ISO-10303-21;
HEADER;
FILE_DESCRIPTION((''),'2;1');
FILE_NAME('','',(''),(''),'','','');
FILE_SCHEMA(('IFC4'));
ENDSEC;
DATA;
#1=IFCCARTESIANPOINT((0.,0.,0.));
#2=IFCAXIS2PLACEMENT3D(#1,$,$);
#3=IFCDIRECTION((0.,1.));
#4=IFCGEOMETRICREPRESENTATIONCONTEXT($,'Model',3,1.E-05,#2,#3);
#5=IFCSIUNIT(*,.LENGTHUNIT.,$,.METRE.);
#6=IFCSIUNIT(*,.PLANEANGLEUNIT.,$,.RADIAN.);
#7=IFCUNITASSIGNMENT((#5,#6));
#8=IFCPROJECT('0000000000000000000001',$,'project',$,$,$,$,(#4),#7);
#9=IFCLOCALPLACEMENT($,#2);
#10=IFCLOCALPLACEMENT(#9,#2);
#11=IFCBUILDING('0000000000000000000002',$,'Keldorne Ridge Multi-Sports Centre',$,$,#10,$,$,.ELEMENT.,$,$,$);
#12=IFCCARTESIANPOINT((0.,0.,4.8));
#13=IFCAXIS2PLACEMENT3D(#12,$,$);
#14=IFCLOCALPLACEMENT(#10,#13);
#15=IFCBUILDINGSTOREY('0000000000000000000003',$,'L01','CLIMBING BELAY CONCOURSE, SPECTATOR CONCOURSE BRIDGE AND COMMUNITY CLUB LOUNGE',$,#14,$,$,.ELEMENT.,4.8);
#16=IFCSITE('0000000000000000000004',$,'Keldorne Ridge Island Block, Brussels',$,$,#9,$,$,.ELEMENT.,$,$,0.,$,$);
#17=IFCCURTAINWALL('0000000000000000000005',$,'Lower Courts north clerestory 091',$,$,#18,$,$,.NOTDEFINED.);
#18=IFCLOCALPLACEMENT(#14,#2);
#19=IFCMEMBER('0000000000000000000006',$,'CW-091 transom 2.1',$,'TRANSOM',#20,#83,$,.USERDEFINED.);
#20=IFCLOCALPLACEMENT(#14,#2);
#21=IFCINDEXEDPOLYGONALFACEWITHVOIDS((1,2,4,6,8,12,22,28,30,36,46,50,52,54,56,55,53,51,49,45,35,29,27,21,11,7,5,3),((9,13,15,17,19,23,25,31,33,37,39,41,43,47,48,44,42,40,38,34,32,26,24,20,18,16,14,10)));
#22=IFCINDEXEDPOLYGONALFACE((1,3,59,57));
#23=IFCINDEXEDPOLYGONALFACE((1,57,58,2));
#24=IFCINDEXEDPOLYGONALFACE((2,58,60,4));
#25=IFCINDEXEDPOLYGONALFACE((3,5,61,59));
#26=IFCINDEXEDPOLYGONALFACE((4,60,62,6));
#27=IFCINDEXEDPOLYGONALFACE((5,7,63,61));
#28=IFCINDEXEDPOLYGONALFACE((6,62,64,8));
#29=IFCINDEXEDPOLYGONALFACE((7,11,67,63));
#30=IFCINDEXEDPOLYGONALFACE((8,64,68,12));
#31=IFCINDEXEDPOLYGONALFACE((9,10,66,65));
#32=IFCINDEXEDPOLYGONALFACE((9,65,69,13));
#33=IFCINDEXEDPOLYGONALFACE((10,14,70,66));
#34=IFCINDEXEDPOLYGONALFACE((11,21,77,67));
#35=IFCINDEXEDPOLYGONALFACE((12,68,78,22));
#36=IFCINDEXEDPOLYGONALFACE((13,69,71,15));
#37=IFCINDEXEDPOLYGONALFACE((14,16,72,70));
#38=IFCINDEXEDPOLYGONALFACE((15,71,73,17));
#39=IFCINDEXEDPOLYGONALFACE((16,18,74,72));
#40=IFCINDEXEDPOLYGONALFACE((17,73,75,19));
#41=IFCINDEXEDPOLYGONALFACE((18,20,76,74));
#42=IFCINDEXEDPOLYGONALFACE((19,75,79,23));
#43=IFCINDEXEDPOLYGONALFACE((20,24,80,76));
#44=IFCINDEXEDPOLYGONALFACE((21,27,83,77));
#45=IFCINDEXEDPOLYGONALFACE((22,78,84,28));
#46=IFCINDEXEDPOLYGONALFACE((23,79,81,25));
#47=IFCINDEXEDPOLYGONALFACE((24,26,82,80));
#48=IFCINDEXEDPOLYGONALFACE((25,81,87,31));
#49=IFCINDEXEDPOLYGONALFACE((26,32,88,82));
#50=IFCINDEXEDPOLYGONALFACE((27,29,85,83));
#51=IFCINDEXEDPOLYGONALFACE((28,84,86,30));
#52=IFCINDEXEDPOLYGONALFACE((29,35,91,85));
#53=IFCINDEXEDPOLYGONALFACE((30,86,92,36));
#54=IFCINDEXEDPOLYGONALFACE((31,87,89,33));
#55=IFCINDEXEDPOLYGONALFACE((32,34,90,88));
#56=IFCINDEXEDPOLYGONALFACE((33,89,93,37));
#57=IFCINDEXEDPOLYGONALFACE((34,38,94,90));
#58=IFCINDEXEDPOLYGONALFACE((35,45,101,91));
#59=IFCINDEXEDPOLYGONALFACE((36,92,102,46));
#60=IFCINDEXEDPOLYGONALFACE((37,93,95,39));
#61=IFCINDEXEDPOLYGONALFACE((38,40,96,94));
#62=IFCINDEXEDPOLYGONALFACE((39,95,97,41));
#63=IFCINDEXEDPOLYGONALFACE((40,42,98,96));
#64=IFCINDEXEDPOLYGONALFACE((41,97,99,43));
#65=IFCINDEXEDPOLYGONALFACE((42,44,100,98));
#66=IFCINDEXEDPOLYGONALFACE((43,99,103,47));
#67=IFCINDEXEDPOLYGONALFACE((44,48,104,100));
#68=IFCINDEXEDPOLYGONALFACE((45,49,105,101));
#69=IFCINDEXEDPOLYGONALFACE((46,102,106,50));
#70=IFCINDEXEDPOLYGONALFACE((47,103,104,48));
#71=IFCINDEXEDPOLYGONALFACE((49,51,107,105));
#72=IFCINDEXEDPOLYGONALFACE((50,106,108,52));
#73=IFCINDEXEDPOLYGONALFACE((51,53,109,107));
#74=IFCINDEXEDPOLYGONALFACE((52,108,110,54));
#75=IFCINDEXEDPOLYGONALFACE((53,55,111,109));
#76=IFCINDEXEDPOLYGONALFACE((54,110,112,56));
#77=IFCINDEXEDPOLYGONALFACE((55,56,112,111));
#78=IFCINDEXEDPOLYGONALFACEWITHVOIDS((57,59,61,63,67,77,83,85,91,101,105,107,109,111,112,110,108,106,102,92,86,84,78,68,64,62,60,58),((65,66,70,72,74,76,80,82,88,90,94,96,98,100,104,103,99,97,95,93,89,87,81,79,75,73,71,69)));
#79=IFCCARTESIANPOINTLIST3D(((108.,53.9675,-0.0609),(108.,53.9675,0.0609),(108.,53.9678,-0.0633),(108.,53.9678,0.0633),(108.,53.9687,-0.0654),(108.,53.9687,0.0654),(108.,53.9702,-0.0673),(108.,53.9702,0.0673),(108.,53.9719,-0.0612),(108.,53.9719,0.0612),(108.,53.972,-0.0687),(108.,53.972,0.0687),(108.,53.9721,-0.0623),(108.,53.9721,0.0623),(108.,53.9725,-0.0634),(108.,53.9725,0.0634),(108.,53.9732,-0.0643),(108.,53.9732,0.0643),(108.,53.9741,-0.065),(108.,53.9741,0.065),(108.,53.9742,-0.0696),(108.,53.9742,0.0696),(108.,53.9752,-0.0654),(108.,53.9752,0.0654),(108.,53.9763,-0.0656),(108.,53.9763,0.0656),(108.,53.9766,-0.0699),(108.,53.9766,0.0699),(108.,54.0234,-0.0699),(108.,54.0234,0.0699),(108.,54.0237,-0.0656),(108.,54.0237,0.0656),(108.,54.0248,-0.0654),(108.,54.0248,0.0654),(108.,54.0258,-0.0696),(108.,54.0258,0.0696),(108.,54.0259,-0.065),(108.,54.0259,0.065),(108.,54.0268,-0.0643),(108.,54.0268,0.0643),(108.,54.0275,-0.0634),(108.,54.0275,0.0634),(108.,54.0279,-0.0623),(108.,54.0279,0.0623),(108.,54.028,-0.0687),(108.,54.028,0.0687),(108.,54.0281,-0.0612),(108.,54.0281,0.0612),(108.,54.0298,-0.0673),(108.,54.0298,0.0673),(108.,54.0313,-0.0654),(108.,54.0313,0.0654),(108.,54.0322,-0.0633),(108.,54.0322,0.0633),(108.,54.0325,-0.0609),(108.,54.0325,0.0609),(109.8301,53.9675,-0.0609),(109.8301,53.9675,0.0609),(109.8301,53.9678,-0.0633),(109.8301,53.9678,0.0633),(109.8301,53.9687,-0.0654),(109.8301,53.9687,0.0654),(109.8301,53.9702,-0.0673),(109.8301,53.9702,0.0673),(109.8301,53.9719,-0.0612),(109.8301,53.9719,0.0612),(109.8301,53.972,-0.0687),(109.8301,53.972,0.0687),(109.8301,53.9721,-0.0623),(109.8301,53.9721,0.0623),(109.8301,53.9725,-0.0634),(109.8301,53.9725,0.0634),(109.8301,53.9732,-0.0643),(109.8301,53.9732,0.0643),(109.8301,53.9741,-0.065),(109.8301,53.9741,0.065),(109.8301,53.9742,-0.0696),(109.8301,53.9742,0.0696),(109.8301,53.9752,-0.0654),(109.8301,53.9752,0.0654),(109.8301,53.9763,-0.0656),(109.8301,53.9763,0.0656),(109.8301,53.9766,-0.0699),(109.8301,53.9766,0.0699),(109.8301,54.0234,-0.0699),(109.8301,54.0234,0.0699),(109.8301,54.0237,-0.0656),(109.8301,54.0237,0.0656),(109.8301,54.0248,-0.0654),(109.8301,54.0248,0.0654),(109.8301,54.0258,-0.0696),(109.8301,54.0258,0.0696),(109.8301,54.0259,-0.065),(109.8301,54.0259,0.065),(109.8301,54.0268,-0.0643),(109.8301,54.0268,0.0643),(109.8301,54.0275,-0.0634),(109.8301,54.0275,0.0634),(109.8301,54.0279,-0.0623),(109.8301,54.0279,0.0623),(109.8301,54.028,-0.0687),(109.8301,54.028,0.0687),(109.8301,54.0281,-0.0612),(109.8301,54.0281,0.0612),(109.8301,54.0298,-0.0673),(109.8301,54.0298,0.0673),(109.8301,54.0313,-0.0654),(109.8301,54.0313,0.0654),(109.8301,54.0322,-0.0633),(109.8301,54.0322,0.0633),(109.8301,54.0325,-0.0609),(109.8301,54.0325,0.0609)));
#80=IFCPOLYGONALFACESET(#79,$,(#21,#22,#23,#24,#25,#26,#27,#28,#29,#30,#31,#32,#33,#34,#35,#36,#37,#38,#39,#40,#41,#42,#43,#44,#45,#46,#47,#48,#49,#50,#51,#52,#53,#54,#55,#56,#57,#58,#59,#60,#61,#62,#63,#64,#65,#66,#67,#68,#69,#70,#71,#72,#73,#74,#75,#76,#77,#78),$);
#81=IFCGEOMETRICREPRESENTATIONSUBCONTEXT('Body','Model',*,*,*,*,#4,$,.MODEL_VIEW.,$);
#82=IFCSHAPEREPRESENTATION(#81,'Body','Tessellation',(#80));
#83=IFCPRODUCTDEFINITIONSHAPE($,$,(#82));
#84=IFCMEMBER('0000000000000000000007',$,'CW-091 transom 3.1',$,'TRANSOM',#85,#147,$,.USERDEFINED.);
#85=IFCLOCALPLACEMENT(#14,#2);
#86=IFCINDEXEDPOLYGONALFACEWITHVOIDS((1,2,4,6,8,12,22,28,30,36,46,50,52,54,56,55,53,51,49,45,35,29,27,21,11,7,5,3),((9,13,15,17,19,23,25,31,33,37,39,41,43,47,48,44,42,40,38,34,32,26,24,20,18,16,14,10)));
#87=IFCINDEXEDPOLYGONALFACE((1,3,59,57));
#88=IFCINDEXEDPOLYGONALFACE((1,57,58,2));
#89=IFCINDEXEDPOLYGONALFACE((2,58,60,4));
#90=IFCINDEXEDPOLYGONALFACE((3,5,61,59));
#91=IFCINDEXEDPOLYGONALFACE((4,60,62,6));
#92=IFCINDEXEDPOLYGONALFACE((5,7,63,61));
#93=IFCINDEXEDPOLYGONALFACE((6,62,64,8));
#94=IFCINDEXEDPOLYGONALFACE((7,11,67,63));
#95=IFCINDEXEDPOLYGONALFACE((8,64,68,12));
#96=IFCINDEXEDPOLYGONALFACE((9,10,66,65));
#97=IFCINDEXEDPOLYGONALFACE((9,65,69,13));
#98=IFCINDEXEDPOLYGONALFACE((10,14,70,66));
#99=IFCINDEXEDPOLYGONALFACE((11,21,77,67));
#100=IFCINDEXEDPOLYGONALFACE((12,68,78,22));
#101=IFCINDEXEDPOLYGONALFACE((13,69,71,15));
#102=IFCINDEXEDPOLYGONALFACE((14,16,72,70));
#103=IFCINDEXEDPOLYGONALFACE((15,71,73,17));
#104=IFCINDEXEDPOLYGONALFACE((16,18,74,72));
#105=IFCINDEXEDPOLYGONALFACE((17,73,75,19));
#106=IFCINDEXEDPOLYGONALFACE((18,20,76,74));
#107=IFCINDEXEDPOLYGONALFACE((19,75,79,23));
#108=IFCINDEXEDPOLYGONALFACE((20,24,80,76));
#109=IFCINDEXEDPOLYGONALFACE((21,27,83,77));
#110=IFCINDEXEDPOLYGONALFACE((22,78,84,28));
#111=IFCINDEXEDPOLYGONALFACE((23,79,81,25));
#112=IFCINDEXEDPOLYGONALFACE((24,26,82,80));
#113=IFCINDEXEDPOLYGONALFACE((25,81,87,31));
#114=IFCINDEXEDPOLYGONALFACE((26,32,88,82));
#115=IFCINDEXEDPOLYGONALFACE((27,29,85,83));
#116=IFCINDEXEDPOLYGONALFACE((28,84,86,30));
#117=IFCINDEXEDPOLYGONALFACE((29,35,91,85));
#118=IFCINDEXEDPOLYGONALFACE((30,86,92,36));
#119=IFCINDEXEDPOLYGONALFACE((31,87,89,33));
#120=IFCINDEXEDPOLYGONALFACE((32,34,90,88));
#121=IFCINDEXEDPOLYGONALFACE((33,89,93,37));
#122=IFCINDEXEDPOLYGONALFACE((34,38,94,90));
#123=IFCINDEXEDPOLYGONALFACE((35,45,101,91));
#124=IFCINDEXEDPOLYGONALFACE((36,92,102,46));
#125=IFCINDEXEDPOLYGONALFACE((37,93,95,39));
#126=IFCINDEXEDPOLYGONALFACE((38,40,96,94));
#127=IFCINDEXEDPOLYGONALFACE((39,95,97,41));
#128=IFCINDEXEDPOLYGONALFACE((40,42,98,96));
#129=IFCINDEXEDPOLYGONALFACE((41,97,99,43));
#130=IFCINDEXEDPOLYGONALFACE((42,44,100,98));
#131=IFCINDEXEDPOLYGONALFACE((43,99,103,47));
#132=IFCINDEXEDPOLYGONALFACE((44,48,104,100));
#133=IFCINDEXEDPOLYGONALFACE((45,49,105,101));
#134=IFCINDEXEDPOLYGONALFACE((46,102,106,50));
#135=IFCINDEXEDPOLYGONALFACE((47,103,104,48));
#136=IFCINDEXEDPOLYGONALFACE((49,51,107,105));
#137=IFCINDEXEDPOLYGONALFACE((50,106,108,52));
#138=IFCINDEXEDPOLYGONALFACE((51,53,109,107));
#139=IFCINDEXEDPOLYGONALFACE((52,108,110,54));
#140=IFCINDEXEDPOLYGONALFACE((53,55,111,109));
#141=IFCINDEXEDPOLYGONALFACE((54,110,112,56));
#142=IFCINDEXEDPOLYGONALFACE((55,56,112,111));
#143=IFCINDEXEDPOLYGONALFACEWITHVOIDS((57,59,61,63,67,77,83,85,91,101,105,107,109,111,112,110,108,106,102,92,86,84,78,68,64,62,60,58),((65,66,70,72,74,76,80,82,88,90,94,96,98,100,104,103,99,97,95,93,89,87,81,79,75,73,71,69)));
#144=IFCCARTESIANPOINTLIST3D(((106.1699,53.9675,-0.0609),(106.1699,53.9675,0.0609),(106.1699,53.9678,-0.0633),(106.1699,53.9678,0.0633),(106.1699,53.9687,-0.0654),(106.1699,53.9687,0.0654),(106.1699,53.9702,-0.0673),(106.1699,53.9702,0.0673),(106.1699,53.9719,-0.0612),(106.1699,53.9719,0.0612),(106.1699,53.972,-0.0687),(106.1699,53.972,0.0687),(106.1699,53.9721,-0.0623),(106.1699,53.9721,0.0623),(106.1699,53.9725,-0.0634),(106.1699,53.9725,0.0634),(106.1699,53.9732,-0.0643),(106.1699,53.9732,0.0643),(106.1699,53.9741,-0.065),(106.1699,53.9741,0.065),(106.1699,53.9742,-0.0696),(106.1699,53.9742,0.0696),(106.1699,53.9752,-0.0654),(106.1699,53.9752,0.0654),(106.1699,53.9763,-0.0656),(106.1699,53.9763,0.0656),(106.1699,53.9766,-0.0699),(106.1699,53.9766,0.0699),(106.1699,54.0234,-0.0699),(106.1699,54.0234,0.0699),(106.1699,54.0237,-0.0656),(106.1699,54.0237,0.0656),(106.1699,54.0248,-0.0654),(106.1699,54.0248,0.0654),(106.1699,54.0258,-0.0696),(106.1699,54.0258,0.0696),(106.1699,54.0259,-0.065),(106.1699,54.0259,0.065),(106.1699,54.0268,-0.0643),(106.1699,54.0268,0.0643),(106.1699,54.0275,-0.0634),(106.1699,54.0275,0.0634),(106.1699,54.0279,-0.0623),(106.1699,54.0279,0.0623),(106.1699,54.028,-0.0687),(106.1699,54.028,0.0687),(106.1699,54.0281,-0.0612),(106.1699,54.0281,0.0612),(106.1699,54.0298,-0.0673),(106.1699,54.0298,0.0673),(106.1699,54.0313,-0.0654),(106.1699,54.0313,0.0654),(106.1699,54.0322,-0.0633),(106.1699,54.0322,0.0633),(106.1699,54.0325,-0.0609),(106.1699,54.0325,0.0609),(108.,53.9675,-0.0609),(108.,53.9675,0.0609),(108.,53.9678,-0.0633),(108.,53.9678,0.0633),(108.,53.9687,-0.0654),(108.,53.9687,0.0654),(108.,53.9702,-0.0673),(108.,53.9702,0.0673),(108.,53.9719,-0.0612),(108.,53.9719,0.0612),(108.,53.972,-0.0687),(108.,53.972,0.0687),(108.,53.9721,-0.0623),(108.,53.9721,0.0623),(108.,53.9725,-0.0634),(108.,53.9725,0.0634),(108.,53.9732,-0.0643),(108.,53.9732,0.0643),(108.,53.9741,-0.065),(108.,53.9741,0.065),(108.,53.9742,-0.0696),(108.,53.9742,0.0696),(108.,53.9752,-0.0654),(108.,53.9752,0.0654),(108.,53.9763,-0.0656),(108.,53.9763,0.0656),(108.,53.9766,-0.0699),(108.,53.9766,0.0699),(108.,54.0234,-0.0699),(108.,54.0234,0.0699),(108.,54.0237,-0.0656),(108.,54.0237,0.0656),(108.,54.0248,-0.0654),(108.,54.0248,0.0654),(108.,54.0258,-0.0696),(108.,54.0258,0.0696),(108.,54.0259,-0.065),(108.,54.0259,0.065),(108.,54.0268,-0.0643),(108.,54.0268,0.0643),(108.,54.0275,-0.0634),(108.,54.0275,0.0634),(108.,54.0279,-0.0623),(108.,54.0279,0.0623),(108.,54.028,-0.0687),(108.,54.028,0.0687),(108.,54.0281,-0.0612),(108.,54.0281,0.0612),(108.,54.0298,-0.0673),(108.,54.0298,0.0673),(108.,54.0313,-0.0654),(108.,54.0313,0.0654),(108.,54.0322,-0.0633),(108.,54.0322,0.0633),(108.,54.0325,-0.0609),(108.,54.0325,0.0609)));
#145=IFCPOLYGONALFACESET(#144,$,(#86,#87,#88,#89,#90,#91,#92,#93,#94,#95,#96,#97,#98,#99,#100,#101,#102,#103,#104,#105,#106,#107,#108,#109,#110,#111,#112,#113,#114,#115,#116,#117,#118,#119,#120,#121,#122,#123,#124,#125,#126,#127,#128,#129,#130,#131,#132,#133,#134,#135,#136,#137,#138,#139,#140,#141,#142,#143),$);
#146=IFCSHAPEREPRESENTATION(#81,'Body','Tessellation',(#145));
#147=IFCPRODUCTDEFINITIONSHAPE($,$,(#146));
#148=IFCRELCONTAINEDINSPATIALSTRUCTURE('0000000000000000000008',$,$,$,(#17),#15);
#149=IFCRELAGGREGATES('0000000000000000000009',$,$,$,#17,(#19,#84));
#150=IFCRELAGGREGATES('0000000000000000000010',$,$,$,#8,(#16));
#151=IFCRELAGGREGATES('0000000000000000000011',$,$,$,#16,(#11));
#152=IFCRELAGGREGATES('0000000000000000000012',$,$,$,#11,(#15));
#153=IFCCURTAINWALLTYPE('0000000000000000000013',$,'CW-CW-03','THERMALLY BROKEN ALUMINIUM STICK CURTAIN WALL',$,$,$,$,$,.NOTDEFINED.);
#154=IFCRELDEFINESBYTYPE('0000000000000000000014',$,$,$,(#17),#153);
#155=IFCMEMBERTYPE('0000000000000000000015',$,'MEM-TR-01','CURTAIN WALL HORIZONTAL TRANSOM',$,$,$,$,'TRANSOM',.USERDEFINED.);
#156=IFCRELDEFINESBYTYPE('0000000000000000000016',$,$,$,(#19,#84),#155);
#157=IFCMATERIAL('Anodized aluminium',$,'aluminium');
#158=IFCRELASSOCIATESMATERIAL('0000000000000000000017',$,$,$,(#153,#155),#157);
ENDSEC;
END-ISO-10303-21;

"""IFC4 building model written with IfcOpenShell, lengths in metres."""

from ifc_helpers import new_model, si_unit, direction, frame, origin, origin_2d, place, context, subcontext, project, spatial, hollow_rectangle, extrude, material, material_profile, profile_set, type_object, element, aggregate, save


model = new_model("IFC4")

# Units and contexts
model_context = context("Model", 3, precision=1e-05, world=origin(), true_north=direction((0.0, 1.0)))
body_context = subcontext(model_context, "Body", "Model", "MODEL_VIEW")
ifc_project = project(units=[si_unit("LENGTHUNIT", "METRE"), si_unit("PLANEANGLEUNIT", "RADIAN")], contexts=[model_context])

# Site, building, storey
site_placement = place(None, origin())
site = spatial("IfcSite", under=ifc_project, at=site_placement, Name="Keldorne Ridge Island Block, Brussels", CompositionType="ELEMENT", RefElevation=0.0)
building_placement = place(site_placement, origin())
building = spatial("IfcBuilding", under=site, at=building_placement, Name="Keldorne Ridge Multi-Sports Centre", CompositionType="ELEMENT")
storey_placement = place(building_placement, frame((0.0, 0.0, 4.8)))
storey = spatial("IfcBuildingStorey", under=building, at=storey_placement, Name="L01", Description="CLIMBING BELAY CONCOURSE, SPECTATOR CONCOURSE BRIDGE AND COMMUNITY CLUB LOUNGE", CompositionType="ELEMENT", Elevation=4.8)

# Curtain wall, members
ifc_material_1 = material(Name="Anodized aluminium", Category="aluminium")
curtain_wall_type = type_object("IfcCurtainWallType", Name="CW-CW-03", Description="THERMALLY BROKEN ALUMINIUM STICK CURTAIN WALL", PredefinedType="NOTDEFINED", material=ifc_material_1)
curtain_wall_placement = place(storey_placement, origin())
curtain_wall = element("IfcCurtainWall", 1, at=curtain_wall_placement, inside=storey, type_object=curtain_wall_type, Name="Lower Courts north clerestory 091", PredefinedType="NOTDEFINED")
ifc_material_profile_1 = material_profile(ifc_material_1, hollow_rectangle(XDim=0.0649, YDim=0.1399, WallThickness=0.0044, InnerFilletRadius=0.0044, OuterFilletRadius=0.009, at=origin_2d()), Name="ALU TRANSOM 140x65x4.5")
ifc_profile_set_1 = profile_set([ifc_material_profile_1], Name="Anodized aluminium")
member_type_1 = type_object("IfcMemberType", Name="MEM-TR-01", Description="CURTAIN WALL HORIZONTAL TRANSOM", ElementType="TRANSOM", PredefinedType="USERDEFINED", material=ifc_profile_set_1)
member_1_placement = place(storey_placement, frame((109.8301, 54.0, 0.0), z_axis=(-1.0, 0.0, 0.0), x_axis=(0.0, -1.0, 0.0)))
member_1 = element("IfcMember", 2, at=member_1_placement, type_object=member_type_1, Name="CW-091 transom 2.1", ObjectType="TRANSOM", PredefinedType="USERDEFINED", context=body_context, shape_type="SweptSolid", body=[
    extrude(hollow_rectangle(XDim=0.0649, YDim=0.1399, WallThickness=0.0044, InnerFilletRadius=0.0044, OuterFilletRadius=0.009, at=origin_2d()), origin(), (0.0, 0.0, 1.0), 1.8301),
])
member_2_placement = place(storey_placement, frame((108.0, 54.0, 0.0), z_axis=(-1.0, 0.0, 0.0), x_axis=(0.0, -1.0, 0.0)))
member_2 = element("IfcMember", 3, at=member_2_placement, type_object=member_type_1, Name="CW-091 transom 3.1", ObjectType="TRANSOM", PredefinedType="USERDEFINED", context=body_context, shape_type="SweptSolid", body=[
    extrude(hollow_rectangle(XDim=0.0649, YDim=0.1399, WallThickness=0.0044, InnerFilletRadius=0.0044, OuterFilletRadius=0.009, at=origin_2d()), origin(), (0.0, 0.0, 1.0), 1.8301),
])
aggregate(curtain_wall, [member_1, member_2])

save(model, "model.ifc")
